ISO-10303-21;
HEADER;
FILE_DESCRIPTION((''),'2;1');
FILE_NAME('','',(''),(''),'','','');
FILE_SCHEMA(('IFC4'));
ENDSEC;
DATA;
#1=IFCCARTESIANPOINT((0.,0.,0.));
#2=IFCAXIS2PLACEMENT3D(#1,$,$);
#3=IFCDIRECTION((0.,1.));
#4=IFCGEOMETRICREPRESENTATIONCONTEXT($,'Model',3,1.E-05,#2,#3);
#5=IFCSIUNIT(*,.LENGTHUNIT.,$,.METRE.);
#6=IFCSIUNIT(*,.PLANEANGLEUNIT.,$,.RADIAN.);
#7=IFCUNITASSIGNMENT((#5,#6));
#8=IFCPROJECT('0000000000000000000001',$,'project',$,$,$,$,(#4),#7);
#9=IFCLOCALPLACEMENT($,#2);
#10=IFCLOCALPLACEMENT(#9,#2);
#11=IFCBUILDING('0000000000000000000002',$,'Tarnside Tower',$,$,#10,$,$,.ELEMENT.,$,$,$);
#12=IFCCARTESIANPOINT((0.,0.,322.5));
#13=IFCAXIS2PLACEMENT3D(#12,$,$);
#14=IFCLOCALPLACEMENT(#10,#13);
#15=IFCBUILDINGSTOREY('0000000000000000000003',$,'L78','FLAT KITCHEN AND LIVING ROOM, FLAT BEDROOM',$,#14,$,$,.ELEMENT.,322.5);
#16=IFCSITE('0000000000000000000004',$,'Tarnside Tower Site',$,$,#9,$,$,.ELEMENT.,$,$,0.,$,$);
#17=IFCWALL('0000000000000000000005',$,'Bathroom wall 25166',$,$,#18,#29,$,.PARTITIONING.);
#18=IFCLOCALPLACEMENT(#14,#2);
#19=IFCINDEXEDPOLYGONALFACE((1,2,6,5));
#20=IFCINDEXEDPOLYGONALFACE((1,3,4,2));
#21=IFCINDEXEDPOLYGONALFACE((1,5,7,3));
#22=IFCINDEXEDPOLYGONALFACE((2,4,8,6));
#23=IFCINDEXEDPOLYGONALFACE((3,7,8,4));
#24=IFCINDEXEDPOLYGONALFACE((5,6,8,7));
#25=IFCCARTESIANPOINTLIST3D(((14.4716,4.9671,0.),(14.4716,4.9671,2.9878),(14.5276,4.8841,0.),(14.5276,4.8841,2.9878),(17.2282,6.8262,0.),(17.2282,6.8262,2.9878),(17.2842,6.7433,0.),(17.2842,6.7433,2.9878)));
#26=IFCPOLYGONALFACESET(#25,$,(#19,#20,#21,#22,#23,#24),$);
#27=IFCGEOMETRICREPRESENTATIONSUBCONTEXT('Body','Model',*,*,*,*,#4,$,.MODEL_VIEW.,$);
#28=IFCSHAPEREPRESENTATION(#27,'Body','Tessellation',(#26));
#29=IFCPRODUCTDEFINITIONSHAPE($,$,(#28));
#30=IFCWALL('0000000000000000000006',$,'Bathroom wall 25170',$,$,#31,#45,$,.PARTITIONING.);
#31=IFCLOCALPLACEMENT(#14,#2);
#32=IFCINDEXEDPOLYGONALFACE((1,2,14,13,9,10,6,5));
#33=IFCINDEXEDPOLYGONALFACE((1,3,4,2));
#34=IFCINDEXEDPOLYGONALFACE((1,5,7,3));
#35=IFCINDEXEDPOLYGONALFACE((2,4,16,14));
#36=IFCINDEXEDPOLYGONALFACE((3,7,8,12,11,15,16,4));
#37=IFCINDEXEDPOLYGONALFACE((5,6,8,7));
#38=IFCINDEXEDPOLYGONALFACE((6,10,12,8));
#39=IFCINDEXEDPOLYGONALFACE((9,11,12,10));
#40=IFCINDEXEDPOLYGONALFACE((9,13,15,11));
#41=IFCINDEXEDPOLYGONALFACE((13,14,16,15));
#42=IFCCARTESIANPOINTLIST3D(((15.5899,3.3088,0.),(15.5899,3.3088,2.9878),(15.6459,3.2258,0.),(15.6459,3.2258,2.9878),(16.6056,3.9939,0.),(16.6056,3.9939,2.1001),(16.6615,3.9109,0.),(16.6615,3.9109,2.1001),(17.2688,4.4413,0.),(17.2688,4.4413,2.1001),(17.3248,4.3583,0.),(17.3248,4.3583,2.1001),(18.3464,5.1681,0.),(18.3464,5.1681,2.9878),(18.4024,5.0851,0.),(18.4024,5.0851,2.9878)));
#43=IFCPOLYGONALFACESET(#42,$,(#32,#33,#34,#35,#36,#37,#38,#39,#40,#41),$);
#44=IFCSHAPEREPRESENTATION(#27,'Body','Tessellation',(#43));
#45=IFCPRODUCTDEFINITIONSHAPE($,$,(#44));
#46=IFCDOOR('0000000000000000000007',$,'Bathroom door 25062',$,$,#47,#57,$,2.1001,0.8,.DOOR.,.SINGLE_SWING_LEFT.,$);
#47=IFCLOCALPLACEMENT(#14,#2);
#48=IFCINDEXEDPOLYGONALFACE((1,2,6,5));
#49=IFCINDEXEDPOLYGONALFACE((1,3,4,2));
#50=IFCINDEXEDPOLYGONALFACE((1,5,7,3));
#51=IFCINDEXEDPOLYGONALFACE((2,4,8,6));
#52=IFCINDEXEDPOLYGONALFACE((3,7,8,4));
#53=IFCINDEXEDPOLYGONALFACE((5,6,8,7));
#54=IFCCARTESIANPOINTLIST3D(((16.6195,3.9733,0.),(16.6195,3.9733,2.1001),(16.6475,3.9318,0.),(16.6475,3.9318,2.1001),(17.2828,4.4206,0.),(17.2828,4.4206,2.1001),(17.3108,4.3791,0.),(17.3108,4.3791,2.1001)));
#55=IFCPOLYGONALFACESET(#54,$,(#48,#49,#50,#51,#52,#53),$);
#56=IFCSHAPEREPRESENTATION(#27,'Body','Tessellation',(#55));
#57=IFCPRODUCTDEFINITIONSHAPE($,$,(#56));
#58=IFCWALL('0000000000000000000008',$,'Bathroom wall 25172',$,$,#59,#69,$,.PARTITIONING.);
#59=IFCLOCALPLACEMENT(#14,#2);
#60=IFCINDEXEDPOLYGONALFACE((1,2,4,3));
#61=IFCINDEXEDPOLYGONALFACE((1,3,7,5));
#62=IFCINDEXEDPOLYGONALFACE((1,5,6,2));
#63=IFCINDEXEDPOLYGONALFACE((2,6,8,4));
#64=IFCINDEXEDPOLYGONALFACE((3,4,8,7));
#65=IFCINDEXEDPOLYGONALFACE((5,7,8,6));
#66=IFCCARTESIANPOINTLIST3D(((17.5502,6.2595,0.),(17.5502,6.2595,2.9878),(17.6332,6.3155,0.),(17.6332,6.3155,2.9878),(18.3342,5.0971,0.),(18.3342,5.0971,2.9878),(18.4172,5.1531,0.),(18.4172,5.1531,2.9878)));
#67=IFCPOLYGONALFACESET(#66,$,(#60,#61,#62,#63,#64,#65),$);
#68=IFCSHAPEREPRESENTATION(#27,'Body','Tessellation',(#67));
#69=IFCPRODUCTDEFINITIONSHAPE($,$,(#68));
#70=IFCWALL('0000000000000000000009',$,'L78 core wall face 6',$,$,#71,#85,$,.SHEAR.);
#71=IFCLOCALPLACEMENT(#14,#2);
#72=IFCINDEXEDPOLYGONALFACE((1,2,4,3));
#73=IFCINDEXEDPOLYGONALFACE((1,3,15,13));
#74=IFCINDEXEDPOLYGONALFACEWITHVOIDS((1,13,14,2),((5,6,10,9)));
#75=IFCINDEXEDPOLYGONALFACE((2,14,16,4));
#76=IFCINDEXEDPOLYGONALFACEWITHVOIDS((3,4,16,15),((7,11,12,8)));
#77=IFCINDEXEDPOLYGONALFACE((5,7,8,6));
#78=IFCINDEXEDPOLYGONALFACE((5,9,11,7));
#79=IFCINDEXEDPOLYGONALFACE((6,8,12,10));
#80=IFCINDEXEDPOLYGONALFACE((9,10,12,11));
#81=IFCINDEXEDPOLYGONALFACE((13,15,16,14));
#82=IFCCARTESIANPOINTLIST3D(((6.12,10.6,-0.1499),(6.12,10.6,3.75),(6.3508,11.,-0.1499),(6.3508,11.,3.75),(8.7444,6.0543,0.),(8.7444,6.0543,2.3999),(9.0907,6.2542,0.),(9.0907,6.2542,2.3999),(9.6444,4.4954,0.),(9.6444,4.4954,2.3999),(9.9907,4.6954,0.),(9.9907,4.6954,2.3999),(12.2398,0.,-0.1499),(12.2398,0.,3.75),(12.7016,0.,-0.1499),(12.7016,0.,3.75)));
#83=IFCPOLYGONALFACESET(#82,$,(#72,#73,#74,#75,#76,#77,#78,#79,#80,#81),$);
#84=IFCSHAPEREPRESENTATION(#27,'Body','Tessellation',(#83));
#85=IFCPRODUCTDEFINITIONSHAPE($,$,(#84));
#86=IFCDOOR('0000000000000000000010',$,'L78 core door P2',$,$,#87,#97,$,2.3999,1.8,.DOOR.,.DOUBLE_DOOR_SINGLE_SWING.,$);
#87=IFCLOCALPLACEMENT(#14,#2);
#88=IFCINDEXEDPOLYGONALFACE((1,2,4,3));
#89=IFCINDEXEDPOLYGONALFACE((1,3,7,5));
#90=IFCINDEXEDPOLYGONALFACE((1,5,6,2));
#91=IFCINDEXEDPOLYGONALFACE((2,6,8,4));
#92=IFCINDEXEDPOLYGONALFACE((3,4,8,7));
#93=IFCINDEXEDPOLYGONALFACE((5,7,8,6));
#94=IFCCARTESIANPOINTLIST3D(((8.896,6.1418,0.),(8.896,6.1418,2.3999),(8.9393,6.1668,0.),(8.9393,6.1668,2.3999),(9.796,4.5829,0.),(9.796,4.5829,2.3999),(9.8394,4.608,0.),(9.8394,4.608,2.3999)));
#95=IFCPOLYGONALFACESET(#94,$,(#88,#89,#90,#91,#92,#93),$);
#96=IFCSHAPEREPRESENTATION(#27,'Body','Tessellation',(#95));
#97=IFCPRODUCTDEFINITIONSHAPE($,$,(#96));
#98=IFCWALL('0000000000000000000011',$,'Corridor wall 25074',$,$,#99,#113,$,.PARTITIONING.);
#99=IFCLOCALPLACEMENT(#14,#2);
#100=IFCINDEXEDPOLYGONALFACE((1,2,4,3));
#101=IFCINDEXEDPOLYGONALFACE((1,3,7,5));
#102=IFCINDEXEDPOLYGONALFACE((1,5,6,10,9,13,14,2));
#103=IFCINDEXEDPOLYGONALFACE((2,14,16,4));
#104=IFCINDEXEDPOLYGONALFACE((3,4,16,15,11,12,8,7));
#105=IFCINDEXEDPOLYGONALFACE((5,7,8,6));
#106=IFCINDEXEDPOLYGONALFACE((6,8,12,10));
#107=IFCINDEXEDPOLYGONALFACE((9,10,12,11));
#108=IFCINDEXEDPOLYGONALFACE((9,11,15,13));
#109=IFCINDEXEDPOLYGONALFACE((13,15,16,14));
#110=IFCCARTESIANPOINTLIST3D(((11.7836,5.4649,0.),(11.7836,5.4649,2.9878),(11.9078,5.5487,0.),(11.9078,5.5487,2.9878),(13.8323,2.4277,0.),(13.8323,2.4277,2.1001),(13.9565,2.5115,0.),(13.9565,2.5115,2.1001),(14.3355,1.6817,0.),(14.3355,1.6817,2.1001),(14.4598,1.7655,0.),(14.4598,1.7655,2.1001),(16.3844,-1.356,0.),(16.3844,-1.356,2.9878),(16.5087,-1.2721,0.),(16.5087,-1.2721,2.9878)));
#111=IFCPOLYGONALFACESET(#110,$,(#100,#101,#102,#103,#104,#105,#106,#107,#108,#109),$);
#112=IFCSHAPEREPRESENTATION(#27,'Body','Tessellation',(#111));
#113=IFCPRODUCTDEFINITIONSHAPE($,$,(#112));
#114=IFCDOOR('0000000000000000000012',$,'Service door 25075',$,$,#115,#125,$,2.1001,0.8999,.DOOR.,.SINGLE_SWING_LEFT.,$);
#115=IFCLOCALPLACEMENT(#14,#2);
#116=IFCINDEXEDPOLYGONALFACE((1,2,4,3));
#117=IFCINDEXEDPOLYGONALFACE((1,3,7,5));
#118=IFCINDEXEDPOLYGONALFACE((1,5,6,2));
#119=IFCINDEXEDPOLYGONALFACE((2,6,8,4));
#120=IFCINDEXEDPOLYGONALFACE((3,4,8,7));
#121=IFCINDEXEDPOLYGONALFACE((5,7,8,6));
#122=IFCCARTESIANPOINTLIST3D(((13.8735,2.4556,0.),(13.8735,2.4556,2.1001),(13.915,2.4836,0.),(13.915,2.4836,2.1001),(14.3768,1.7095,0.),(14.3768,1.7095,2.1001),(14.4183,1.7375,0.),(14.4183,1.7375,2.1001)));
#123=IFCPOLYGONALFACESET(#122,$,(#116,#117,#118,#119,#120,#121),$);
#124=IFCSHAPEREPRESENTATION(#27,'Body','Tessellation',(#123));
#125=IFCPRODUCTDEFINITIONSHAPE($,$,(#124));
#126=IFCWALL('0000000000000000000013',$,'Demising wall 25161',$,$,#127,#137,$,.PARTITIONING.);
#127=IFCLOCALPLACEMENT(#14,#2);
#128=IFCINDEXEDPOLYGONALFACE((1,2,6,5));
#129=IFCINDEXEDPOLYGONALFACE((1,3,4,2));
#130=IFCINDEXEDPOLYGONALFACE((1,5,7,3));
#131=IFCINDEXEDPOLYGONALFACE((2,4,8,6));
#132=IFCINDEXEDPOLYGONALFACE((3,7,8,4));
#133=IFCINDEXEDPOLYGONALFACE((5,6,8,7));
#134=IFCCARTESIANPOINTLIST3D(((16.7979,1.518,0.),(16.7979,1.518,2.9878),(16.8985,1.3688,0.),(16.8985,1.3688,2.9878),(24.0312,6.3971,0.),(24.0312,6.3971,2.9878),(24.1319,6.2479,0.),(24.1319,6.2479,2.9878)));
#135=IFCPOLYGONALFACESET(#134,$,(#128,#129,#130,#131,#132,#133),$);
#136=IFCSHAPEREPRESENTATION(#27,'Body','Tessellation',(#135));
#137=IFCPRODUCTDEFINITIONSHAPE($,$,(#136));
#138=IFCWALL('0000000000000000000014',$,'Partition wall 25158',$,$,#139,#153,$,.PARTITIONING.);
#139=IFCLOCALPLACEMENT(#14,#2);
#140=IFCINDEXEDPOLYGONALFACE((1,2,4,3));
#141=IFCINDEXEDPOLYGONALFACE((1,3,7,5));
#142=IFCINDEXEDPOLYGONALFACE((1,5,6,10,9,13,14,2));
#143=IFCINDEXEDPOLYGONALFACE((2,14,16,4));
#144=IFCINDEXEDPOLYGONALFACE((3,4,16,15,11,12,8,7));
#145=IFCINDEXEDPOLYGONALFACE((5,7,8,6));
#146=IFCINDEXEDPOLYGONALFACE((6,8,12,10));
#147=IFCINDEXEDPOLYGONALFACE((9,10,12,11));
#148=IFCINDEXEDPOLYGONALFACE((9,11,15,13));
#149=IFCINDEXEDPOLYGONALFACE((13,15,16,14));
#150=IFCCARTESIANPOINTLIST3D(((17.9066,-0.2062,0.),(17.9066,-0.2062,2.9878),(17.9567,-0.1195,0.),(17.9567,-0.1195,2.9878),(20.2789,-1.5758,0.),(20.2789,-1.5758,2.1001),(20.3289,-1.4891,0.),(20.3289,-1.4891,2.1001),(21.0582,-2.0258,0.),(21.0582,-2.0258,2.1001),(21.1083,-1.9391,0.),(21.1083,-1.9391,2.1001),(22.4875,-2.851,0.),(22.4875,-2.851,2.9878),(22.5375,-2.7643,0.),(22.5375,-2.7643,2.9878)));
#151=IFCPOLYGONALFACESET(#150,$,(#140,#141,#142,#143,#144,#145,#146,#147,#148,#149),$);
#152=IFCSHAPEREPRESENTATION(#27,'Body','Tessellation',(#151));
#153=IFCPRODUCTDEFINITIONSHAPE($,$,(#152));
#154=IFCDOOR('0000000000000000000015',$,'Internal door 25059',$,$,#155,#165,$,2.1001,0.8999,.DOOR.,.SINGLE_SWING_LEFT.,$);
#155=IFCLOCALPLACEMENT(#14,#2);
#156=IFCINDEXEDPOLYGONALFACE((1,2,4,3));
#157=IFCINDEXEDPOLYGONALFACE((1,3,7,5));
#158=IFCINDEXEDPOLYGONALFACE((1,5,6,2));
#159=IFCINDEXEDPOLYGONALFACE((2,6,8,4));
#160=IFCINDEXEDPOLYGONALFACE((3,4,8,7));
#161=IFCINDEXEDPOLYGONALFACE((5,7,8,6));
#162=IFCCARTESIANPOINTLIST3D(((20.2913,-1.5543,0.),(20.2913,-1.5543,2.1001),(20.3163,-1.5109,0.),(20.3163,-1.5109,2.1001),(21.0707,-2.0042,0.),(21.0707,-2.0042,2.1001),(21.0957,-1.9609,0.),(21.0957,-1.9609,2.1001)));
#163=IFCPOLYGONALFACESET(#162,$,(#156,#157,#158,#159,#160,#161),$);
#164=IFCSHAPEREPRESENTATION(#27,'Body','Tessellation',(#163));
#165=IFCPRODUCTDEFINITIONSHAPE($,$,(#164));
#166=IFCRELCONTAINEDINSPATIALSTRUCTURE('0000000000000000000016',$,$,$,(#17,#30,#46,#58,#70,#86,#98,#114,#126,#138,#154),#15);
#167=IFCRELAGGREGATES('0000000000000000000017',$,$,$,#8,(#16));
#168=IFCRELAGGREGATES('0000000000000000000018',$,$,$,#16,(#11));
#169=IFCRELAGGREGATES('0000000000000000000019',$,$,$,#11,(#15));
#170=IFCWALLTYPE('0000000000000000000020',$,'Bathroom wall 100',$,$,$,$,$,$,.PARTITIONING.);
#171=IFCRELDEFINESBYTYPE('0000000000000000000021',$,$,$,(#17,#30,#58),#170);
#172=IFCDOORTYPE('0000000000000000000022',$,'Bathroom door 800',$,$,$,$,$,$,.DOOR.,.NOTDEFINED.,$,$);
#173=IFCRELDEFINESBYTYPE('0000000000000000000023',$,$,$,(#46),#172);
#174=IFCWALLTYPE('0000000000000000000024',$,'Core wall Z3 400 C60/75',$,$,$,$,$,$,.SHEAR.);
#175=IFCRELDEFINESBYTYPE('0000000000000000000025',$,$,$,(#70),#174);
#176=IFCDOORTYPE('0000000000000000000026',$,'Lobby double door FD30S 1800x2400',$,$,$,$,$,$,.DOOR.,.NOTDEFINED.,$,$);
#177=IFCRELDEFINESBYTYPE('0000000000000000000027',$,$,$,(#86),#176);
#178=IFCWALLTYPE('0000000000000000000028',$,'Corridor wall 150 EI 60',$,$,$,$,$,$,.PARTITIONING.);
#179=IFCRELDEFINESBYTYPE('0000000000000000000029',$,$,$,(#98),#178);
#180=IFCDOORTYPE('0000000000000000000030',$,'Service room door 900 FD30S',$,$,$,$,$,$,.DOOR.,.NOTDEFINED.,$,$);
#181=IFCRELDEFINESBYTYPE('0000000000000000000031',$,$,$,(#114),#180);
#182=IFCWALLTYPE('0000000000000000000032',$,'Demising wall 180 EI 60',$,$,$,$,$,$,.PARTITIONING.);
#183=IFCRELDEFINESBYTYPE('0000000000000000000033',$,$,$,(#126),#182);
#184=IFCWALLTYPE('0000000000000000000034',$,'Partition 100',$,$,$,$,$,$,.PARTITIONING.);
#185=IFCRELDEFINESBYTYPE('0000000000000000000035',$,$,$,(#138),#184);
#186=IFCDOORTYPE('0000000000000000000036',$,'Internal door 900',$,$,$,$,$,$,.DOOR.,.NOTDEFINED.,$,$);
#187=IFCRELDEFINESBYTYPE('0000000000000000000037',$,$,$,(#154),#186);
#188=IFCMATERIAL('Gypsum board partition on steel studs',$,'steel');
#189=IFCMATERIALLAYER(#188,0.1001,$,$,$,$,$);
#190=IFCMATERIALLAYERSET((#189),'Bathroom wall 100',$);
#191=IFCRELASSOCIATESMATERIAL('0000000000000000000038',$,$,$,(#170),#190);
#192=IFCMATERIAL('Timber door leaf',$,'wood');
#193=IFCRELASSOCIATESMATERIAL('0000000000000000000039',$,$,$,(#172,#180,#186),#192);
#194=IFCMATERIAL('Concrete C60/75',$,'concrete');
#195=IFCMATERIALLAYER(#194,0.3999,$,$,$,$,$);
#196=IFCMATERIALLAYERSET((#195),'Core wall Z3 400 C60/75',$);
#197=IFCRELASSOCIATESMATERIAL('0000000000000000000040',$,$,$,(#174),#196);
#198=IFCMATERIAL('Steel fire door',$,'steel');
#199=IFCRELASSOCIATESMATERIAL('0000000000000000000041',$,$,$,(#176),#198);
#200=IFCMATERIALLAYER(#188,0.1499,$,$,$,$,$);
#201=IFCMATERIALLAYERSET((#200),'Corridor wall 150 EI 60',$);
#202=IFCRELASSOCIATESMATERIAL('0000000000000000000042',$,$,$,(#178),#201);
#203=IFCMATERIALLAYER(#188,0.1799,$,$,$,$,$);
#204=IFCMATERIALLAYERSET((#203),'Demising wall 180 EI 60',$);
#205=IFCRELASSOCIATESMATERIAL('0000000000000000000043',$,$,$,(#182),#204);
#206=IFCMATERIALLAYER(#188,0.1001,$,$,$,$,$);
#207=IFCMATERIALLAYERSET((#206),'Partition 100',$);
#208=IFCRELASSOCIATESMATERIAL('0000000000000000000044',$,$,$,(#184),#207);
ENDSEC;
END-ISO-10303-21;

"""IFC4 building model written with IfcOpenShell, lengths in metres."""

from ifc_helpers import new_model, si_unit, direction, frame, frame_2d, origin, place, context, subcontext, project, spatial, polyline, rectangle, outline, extrude, material, layer, layer_set, type_object, element, fill, save


model = new_model("IFC4")

# Units and contexts
model_context = context("Model", 3, precision=1e-05, world=origin(), true_north=direction((0.0, 1.0)))
body_context = subcontext(model_context, "Body", "Model", "MODEL_VIEW")
ifc_project = project(units=[si_unit("LENGTHUNIT", "METRE"), si_unit("PLANEANGLEUNIT", "RADIAN")], contexts=[model_context])

# Site, building, storey
site_placement = place(None, origin())
site = spatial("IfcSite", under=ifc_project, at=site_placement, Name="Tarnside Tower Site", CompositionType="ELEMENT", RefElevation=0.0)
building_placement = place(site_placement, origin())
building = spatial("IfcBuilding", under=site, at=building_placement, Name="Tarnside Tower", CompositionType="ELEMENT")
storey_placement = place(building_placement, frame((0.0, 0.0, 322.5)))
storey = spatial("IfcBuildingStorey", under=building, at=storey_placement, Name="L78", Description="FLAT KITCHEN AND LIVING ROOM, FLAT BEDROOM", CompositionType="ELEMENT", Elevation=322.5)

# Wall
ifc_material_1 = material(Name="Gypsum board partition on steel studs", Category="steel")
ifc_layer_1 = layer(ifc_material_1, 0.1001)
ifc_layer_set_1 = layer_set([ifc_layer_1], Name="Bathroom wall 100")
wall_type_1 = type_object("IfcWallType", Name="Bathroom wall 100", PredefinedType="PARTITIONING", material=ifc_layer_set_1)
wall_1_placement = place(storey_placement, frame((14.4995, 4.9255, 0.0), z_axis=(0.0, 0.0, 1.0), x_axis=(0.829067, 0.559149, 0.0)))
element("IfcWall", 1, at=wall_1_placement, inside=storey, type_object=wall_type_1, Name="Bathroom wall 25166", PredefinedType="PARTITIONING", context=body_context, shape_type="SweptSolid", body=[
    extrude(rectangle(XDim=3.325, YDim=0.1001, at=frame_2d((1.6626, 0.0))), origin(), (0.0, 0.0, 1.0), 2.9878),
])

# Wall, opening, door
wall_2_placement = place(storey_placement, frame((18.3745, 5.1267, 0.0), z_axis=(0.0, 0.0, 1.0), x_axis=(-0.829033, -0.559199, 0.0)))
wall_2 = element("IfcWall", 2, at=wall_2_placement, inside=storey, type_object=wall_type_1, Name="Bathroom wall 25170", PredefinedType="PARTITIONING", context=body_context, shape_type="SweptSolid", body=[
    extrude(rectangle(XDim=3.325, YDim=0.1001, at=frame_2d((1.6626, 0.0))), origin(), (0.0, 0.0, 1.0), 2.9878),
])
opening_1_placement = place(wall_2_placement, frame((1.3, 0.0, 0.0)))
opening_1 = element("IfcOpeningElement", 3, at=opening_1_placement, cuts=wall_2, PredefinedType="OPENING", context=body_context, shape_type="SweptSolid", body=[
    extrude(rectangle(XDim=0.8, YDim=2.1001, at=frame_2d((0.3999, 1.05))), frame((0.0, 0.0601, 0.0), z_axis=(0.0, -1.0, 0.0), x_axis=(1.0, 0.0, 0.0)), (0.0, 0.0, 1.0), 0.1201),
])
ifc_material_2 = material(Name="Timber door leaf", Category="wood")
door_type_1 = type_object("IfcDoorType", Name="Bathroom door 800", OperationType="NOTDEFINED", PredefinedType="DOOR", material=ifc_material_2)
door_1_placement = place(opening_1_placement, origin())
door_1 = element("IfcDoor", 4, at=door_1_placement, inside=storey, type_object=door_type_1, Name="Bathroom door 25062", OperationType="SINGLE_SWING_LEFT", OverallHeight=2.1001, OverallWidth=0.8, PredefinedType="DOOR", context=body_context, shape_type="SweptSolid", body=[
    extrude(rectangle(XDim=0.8, YDim=2.1001, at=frame_2d((0.3999, 1.05))), frame((0.0, 0.0249, 0.0), z_axis=(0.0, -1.0, 0.0), x_axis=(1.0, 0.0, 0.0)), (0.0, 0.0, 1.0), 0.05),
])
fill(opening_1, door_1)

# Wall
wall_3_placement = place(storey_placement, frame((18.3757, 5.125, 0.0), z_axis=(0.0, 0.0, 1.0), x_axis=(-0.559153, 0.829065, 0.0)))
element("IfcWall", 5, at=wall_3_placement, inside=storey, type_object=wall_type_1, Name="Bathroom wall 25172", PredefinedType="PARTITIONING", context=body_context, shape_type="SweptSolid", body=[
    extrude(rectangle(XDim=1.4021, YDim=0.1001, at=frame_2d((0.7012, 0.0))), origin(), (0.0, 0.0, 1.0), 2.9878),
])

# Walls, openings, doors
ifc_material_3 = material(Name="Concrete C60/75", Category="concrete")
ifc_layer_2 = layer(ifc_material_3, 0.3999)
ifc_layer_set_2 = layer_set([ifc_layer_2], Name="Core wall Z3 400 C60/75")
wall_type_2 = type_object("IfcWallType", Name="Core wall Z3 400 C60/75", PredefinedType="SHEAR", material=ifc_layer_set_2)
wall_4_placement = place(storey_placement, frame((12.4707, 0.0, -0.1499), z_axis=(0.0, 0.0, 1.0), x_axis=(-0.499996, 0.866027, 0.0)))
wall_4 = element("IfcWall", 6, at=wall_4_placement, inside=storey, type_object=wall_type_2, Name="L78 core wall face 6", PredefinedType="SHEAR", context=body_context, shape_type="SweptSolid", body=[
    extrude(outline(polyline([(-0.1155, -0.2), (12.5862, -0.2), (12.3552, 0.2), (0.1155, 0.2), (-0.1155, -0.2)])), origin(), (0.0, 0.0, 1.0), 3.8999),
])
opening_2_placement = place(wall_4_placement, frame((5.3064, 0.0, 0.1499)))
opening_2 = element("IfcOpeningElement", 7, at=opening_2_placement, cuts=wall_4, PredefinedType="OPENING", context=body_context, shape_type="SweptSolid", body=[
    extrude(rectangle(XDim=1.8, YDim=2.3999, at=frame_2d((0.8999, 1.2))), frame((0.0, 0.21, 0.0), z_axis=(0.0, -1.0, 0.0), x_axis=(1.0, 0.0, 0.0)), (0.0, 0.0, 1.0), 0.4199),
])
ifc_material_4 = material(Name="Steel fire door", Category="steel")
door_type_2 = type_object("IfcDoorType", Name="Lobby double door FD30S 1800x2400", OperationType="NOTDEFINED", PredefinedType="DOOR", material=ifc_material_4)
door_2_placement = place(opening_2_placement, origin())
door_2 = element("IfcDoor", 8, at=door_2_placement, inside=storey, type_object=door_type_2, Name="L78 core door P2", OperationType="DOUBLE_DOOR_SINGLE_SWING", OverallHeight=2.3999, OverallWidth=1.8, PredefinedType="DOOR", context=body_context, shape_type="SweptSolid", body=[
    extrude(rectangle(XDim=1.8, YDim=2.3999, at=frame_2d((0.8999, 1.2))), frame((0.0, 0.0249, 0.0), z_axis=(0.0, -1.0, 0.0), x_axis=(1.0, 0.0, 0.0)), (0.0, 0.0, 1.0), 0.05),
])
fill(opening_2, door_2)
ifc_layer_3 = layer(ifc_material_1, 0.1499)
ifc_layer_set_3 = layer_set([ifc_layer_3], Name="Corridor wall 150 EI 60")
wall_type_3 = type_object("IfcWallType", Name="Corridor wall 150 EI 60", PredefinedType="PARTITIONING", material=ifc_layer_set_3)
wall_5_placement = place(storey_placement, frame((11.8457, 5.5068, 0.0), z_axis=(0.0, 0.0, 1.0), x_axis=(0.559205, -0.82903, 0.0)))
wall_5 = element("IfcWall", 9, at=wall_5_placement, inside=storey, type_object=wall_type_3, Name="Corridor wall 25074", PredefinedType="PARTITIONING", context=body_context, shape_type="SweptSolid", body=[
    extrude(rectangle(XDim=8.2275, YDim=0.1499, at=frame_2d((4.1138, 0.0))), origin(), (0.0, 0.0, 1.0), 2.9878),
])
opening_3_placement = place(wall_5_placement, frame((3.6636, 0.0, 0.0)))
opening_3 = element("IfcOpeningElement", 10, at=opening_3_placement, cuts=wall_5, PredefinedType="OPENING", context=body_context, shape_type="SweptSolid", body=[
    extrude(rectangle(XDim=0.8999, YDim=2.1001, at=frame_2d((0.45, 1.05))), frame((0.0, 0.085, 0.0), z_axis=(0.0, -1.0, 0.0), x_axis=(1.0, 0.0, 0.0)), (0.0, 0.0, 1.0), 0.1699),
])
door_type_3 = type_object("IfcDoorType", Name="Service room door 900 FD30S", OperationType="NOTDEFINED", PredefinedType="DOOR", material=ifc_material_2)
door_3_placement = place(opening_3_placement, origin())
door_3 = element("IfcDoor", 11, at=door_3_placement, inside=storey, type_object=door_type_3, Name="Service door 25075", OperationType="SINGLE_SWING_LEFT", OverallHeight=2.1001, OverallWidth=0.8999, PredefinedType="DOOR", context=body_context, shape_type="SweptSolid", body=[
    extrude(rectangle(XDim=0.8999, YDim=2.1001, at=frame_2d((0.45, 1.05))), frame((0.0, 0.0249, 0.0), z_axis=(0.0, -1.0, 0.0), x_axis=(1.0, 0.0, 0.0)), (0.0, 0.0, 1.0), 0.05),
])
fill(opening_3, door_3)

# Wall
ifc_layer_4 = layer(ifc_material_1, 0.1799)
ifc_layer_set_4 = layer_set([ifc_layer_4], Name="Demising wall 180 EI 60")
wall_type_4 = type_object("IfcWallType", Name="Demising wall 180 EI 60", PredefinedType="PARTITIONING", material=ifc_layer_set_4)
wall_6_placement = place(storey_placement, frame((24.0815, 6.3225, 0.0), z_axis=(0.0, 0.0, 1.0), x_axis=(-0.829029, -0.559206, 0.0)))
element("IfcWall", 12, at=wall_6_placement, inside=storey, type_object=wall_type_4, Name="Demising wall 25161", PredefinedType="PARTITIONING", context=body_context, shape_type="SweptSolid", body=[
    extrude(rectangle(XDim=8.7251, YDim=0.1799, at=frame_2d((4.3625, 0.0))), origin(), (0.0, 0.0, 1.0), 2.9878),
])

# Wall, opening, door
ifc_layer_5 = layer(ifc_material_1, 0.1001)
ifc_layer_set_5 = layer_set([ifc_layer_5], Name="Partition 100")
wall_type_5 = type_object("IfcWallType", Name="Partition 100", PredefinedType="PARTITIONING", material=ifc_layer_set_5)
wall_7_placement = place(storey_placement, frame((17.9316, -0.1628, 0.0), z_axis=(0.0, 0.0, 1.0), x_axis=(0.866022, -0.500006, 0.0)))
wall_7 = element("IfcWall", 13, at=wall_7_placement, inside=storey, type_object=wall_type_5, Name="Partition wall 25158", PredefinedType="PARTITIONING", context=body_context, shape_type="SweptSolid", body=[
    extrude(rectangle(XDim=5.2896, YDim=0.1001, at=frame_2d((2.6448, 0.0))), origin(), (0.0, 0.0, 1.0), 2.9878),
])
opening_4_placement = place(wall_7_placement, frame((2.7393, 0.0, 0.0)))
opening_4 = element("IfcOpeningElement", 14, at=opening_4_placement, cuts=wall_7, PredefinedType="OPENING", context=body_context, shape_type="SweptSolid", body=[
    extrude(rectangle(XDim=0.8999, YDim=2.1001, at=frame_2d((0.45, 1.05))), frame((0.0, 0.0601, 0.0), z_axis=(0.0, -1.0, 0.0), x_axis=(1.0, 0.0, 0.0)), (0.0, 0.0, 1.0), 0.1201),
])
door_type_4 = type_object("IfcDoorType", Name="Internal door 900", OperationType="NOTDEFINED", PredefinedType="DOOR", material=ifc_material_2)
door_4_placement = place(opening_4_placement, origin())
door_4 = element("IfcDoor", 15, at=door_4_placement, inside=storey, type_object=door_type_4, Name="Internal door 25059", OperationType="SINGLE_SWING_LEFT", OverallHeight=2.1001, OverallWidth=0.8999, PredefinedType="DOOR", context=body_context, shape_type="SweptSolid", body=[
    extrude(rectangle(XDim=0.8999, YDim=2.1001, at=frame_2d((0.45, 1.05))), frame((0.0, 0.0249, 0.0), z_axis=(0.0, -1.0, 0.0), x_axis=(1.0, 0.0, 0.0)), (0.0, 0.0, 1.0), 0.05),
])
fill(opening_4, door_4)

save(model, "model.ifc")
